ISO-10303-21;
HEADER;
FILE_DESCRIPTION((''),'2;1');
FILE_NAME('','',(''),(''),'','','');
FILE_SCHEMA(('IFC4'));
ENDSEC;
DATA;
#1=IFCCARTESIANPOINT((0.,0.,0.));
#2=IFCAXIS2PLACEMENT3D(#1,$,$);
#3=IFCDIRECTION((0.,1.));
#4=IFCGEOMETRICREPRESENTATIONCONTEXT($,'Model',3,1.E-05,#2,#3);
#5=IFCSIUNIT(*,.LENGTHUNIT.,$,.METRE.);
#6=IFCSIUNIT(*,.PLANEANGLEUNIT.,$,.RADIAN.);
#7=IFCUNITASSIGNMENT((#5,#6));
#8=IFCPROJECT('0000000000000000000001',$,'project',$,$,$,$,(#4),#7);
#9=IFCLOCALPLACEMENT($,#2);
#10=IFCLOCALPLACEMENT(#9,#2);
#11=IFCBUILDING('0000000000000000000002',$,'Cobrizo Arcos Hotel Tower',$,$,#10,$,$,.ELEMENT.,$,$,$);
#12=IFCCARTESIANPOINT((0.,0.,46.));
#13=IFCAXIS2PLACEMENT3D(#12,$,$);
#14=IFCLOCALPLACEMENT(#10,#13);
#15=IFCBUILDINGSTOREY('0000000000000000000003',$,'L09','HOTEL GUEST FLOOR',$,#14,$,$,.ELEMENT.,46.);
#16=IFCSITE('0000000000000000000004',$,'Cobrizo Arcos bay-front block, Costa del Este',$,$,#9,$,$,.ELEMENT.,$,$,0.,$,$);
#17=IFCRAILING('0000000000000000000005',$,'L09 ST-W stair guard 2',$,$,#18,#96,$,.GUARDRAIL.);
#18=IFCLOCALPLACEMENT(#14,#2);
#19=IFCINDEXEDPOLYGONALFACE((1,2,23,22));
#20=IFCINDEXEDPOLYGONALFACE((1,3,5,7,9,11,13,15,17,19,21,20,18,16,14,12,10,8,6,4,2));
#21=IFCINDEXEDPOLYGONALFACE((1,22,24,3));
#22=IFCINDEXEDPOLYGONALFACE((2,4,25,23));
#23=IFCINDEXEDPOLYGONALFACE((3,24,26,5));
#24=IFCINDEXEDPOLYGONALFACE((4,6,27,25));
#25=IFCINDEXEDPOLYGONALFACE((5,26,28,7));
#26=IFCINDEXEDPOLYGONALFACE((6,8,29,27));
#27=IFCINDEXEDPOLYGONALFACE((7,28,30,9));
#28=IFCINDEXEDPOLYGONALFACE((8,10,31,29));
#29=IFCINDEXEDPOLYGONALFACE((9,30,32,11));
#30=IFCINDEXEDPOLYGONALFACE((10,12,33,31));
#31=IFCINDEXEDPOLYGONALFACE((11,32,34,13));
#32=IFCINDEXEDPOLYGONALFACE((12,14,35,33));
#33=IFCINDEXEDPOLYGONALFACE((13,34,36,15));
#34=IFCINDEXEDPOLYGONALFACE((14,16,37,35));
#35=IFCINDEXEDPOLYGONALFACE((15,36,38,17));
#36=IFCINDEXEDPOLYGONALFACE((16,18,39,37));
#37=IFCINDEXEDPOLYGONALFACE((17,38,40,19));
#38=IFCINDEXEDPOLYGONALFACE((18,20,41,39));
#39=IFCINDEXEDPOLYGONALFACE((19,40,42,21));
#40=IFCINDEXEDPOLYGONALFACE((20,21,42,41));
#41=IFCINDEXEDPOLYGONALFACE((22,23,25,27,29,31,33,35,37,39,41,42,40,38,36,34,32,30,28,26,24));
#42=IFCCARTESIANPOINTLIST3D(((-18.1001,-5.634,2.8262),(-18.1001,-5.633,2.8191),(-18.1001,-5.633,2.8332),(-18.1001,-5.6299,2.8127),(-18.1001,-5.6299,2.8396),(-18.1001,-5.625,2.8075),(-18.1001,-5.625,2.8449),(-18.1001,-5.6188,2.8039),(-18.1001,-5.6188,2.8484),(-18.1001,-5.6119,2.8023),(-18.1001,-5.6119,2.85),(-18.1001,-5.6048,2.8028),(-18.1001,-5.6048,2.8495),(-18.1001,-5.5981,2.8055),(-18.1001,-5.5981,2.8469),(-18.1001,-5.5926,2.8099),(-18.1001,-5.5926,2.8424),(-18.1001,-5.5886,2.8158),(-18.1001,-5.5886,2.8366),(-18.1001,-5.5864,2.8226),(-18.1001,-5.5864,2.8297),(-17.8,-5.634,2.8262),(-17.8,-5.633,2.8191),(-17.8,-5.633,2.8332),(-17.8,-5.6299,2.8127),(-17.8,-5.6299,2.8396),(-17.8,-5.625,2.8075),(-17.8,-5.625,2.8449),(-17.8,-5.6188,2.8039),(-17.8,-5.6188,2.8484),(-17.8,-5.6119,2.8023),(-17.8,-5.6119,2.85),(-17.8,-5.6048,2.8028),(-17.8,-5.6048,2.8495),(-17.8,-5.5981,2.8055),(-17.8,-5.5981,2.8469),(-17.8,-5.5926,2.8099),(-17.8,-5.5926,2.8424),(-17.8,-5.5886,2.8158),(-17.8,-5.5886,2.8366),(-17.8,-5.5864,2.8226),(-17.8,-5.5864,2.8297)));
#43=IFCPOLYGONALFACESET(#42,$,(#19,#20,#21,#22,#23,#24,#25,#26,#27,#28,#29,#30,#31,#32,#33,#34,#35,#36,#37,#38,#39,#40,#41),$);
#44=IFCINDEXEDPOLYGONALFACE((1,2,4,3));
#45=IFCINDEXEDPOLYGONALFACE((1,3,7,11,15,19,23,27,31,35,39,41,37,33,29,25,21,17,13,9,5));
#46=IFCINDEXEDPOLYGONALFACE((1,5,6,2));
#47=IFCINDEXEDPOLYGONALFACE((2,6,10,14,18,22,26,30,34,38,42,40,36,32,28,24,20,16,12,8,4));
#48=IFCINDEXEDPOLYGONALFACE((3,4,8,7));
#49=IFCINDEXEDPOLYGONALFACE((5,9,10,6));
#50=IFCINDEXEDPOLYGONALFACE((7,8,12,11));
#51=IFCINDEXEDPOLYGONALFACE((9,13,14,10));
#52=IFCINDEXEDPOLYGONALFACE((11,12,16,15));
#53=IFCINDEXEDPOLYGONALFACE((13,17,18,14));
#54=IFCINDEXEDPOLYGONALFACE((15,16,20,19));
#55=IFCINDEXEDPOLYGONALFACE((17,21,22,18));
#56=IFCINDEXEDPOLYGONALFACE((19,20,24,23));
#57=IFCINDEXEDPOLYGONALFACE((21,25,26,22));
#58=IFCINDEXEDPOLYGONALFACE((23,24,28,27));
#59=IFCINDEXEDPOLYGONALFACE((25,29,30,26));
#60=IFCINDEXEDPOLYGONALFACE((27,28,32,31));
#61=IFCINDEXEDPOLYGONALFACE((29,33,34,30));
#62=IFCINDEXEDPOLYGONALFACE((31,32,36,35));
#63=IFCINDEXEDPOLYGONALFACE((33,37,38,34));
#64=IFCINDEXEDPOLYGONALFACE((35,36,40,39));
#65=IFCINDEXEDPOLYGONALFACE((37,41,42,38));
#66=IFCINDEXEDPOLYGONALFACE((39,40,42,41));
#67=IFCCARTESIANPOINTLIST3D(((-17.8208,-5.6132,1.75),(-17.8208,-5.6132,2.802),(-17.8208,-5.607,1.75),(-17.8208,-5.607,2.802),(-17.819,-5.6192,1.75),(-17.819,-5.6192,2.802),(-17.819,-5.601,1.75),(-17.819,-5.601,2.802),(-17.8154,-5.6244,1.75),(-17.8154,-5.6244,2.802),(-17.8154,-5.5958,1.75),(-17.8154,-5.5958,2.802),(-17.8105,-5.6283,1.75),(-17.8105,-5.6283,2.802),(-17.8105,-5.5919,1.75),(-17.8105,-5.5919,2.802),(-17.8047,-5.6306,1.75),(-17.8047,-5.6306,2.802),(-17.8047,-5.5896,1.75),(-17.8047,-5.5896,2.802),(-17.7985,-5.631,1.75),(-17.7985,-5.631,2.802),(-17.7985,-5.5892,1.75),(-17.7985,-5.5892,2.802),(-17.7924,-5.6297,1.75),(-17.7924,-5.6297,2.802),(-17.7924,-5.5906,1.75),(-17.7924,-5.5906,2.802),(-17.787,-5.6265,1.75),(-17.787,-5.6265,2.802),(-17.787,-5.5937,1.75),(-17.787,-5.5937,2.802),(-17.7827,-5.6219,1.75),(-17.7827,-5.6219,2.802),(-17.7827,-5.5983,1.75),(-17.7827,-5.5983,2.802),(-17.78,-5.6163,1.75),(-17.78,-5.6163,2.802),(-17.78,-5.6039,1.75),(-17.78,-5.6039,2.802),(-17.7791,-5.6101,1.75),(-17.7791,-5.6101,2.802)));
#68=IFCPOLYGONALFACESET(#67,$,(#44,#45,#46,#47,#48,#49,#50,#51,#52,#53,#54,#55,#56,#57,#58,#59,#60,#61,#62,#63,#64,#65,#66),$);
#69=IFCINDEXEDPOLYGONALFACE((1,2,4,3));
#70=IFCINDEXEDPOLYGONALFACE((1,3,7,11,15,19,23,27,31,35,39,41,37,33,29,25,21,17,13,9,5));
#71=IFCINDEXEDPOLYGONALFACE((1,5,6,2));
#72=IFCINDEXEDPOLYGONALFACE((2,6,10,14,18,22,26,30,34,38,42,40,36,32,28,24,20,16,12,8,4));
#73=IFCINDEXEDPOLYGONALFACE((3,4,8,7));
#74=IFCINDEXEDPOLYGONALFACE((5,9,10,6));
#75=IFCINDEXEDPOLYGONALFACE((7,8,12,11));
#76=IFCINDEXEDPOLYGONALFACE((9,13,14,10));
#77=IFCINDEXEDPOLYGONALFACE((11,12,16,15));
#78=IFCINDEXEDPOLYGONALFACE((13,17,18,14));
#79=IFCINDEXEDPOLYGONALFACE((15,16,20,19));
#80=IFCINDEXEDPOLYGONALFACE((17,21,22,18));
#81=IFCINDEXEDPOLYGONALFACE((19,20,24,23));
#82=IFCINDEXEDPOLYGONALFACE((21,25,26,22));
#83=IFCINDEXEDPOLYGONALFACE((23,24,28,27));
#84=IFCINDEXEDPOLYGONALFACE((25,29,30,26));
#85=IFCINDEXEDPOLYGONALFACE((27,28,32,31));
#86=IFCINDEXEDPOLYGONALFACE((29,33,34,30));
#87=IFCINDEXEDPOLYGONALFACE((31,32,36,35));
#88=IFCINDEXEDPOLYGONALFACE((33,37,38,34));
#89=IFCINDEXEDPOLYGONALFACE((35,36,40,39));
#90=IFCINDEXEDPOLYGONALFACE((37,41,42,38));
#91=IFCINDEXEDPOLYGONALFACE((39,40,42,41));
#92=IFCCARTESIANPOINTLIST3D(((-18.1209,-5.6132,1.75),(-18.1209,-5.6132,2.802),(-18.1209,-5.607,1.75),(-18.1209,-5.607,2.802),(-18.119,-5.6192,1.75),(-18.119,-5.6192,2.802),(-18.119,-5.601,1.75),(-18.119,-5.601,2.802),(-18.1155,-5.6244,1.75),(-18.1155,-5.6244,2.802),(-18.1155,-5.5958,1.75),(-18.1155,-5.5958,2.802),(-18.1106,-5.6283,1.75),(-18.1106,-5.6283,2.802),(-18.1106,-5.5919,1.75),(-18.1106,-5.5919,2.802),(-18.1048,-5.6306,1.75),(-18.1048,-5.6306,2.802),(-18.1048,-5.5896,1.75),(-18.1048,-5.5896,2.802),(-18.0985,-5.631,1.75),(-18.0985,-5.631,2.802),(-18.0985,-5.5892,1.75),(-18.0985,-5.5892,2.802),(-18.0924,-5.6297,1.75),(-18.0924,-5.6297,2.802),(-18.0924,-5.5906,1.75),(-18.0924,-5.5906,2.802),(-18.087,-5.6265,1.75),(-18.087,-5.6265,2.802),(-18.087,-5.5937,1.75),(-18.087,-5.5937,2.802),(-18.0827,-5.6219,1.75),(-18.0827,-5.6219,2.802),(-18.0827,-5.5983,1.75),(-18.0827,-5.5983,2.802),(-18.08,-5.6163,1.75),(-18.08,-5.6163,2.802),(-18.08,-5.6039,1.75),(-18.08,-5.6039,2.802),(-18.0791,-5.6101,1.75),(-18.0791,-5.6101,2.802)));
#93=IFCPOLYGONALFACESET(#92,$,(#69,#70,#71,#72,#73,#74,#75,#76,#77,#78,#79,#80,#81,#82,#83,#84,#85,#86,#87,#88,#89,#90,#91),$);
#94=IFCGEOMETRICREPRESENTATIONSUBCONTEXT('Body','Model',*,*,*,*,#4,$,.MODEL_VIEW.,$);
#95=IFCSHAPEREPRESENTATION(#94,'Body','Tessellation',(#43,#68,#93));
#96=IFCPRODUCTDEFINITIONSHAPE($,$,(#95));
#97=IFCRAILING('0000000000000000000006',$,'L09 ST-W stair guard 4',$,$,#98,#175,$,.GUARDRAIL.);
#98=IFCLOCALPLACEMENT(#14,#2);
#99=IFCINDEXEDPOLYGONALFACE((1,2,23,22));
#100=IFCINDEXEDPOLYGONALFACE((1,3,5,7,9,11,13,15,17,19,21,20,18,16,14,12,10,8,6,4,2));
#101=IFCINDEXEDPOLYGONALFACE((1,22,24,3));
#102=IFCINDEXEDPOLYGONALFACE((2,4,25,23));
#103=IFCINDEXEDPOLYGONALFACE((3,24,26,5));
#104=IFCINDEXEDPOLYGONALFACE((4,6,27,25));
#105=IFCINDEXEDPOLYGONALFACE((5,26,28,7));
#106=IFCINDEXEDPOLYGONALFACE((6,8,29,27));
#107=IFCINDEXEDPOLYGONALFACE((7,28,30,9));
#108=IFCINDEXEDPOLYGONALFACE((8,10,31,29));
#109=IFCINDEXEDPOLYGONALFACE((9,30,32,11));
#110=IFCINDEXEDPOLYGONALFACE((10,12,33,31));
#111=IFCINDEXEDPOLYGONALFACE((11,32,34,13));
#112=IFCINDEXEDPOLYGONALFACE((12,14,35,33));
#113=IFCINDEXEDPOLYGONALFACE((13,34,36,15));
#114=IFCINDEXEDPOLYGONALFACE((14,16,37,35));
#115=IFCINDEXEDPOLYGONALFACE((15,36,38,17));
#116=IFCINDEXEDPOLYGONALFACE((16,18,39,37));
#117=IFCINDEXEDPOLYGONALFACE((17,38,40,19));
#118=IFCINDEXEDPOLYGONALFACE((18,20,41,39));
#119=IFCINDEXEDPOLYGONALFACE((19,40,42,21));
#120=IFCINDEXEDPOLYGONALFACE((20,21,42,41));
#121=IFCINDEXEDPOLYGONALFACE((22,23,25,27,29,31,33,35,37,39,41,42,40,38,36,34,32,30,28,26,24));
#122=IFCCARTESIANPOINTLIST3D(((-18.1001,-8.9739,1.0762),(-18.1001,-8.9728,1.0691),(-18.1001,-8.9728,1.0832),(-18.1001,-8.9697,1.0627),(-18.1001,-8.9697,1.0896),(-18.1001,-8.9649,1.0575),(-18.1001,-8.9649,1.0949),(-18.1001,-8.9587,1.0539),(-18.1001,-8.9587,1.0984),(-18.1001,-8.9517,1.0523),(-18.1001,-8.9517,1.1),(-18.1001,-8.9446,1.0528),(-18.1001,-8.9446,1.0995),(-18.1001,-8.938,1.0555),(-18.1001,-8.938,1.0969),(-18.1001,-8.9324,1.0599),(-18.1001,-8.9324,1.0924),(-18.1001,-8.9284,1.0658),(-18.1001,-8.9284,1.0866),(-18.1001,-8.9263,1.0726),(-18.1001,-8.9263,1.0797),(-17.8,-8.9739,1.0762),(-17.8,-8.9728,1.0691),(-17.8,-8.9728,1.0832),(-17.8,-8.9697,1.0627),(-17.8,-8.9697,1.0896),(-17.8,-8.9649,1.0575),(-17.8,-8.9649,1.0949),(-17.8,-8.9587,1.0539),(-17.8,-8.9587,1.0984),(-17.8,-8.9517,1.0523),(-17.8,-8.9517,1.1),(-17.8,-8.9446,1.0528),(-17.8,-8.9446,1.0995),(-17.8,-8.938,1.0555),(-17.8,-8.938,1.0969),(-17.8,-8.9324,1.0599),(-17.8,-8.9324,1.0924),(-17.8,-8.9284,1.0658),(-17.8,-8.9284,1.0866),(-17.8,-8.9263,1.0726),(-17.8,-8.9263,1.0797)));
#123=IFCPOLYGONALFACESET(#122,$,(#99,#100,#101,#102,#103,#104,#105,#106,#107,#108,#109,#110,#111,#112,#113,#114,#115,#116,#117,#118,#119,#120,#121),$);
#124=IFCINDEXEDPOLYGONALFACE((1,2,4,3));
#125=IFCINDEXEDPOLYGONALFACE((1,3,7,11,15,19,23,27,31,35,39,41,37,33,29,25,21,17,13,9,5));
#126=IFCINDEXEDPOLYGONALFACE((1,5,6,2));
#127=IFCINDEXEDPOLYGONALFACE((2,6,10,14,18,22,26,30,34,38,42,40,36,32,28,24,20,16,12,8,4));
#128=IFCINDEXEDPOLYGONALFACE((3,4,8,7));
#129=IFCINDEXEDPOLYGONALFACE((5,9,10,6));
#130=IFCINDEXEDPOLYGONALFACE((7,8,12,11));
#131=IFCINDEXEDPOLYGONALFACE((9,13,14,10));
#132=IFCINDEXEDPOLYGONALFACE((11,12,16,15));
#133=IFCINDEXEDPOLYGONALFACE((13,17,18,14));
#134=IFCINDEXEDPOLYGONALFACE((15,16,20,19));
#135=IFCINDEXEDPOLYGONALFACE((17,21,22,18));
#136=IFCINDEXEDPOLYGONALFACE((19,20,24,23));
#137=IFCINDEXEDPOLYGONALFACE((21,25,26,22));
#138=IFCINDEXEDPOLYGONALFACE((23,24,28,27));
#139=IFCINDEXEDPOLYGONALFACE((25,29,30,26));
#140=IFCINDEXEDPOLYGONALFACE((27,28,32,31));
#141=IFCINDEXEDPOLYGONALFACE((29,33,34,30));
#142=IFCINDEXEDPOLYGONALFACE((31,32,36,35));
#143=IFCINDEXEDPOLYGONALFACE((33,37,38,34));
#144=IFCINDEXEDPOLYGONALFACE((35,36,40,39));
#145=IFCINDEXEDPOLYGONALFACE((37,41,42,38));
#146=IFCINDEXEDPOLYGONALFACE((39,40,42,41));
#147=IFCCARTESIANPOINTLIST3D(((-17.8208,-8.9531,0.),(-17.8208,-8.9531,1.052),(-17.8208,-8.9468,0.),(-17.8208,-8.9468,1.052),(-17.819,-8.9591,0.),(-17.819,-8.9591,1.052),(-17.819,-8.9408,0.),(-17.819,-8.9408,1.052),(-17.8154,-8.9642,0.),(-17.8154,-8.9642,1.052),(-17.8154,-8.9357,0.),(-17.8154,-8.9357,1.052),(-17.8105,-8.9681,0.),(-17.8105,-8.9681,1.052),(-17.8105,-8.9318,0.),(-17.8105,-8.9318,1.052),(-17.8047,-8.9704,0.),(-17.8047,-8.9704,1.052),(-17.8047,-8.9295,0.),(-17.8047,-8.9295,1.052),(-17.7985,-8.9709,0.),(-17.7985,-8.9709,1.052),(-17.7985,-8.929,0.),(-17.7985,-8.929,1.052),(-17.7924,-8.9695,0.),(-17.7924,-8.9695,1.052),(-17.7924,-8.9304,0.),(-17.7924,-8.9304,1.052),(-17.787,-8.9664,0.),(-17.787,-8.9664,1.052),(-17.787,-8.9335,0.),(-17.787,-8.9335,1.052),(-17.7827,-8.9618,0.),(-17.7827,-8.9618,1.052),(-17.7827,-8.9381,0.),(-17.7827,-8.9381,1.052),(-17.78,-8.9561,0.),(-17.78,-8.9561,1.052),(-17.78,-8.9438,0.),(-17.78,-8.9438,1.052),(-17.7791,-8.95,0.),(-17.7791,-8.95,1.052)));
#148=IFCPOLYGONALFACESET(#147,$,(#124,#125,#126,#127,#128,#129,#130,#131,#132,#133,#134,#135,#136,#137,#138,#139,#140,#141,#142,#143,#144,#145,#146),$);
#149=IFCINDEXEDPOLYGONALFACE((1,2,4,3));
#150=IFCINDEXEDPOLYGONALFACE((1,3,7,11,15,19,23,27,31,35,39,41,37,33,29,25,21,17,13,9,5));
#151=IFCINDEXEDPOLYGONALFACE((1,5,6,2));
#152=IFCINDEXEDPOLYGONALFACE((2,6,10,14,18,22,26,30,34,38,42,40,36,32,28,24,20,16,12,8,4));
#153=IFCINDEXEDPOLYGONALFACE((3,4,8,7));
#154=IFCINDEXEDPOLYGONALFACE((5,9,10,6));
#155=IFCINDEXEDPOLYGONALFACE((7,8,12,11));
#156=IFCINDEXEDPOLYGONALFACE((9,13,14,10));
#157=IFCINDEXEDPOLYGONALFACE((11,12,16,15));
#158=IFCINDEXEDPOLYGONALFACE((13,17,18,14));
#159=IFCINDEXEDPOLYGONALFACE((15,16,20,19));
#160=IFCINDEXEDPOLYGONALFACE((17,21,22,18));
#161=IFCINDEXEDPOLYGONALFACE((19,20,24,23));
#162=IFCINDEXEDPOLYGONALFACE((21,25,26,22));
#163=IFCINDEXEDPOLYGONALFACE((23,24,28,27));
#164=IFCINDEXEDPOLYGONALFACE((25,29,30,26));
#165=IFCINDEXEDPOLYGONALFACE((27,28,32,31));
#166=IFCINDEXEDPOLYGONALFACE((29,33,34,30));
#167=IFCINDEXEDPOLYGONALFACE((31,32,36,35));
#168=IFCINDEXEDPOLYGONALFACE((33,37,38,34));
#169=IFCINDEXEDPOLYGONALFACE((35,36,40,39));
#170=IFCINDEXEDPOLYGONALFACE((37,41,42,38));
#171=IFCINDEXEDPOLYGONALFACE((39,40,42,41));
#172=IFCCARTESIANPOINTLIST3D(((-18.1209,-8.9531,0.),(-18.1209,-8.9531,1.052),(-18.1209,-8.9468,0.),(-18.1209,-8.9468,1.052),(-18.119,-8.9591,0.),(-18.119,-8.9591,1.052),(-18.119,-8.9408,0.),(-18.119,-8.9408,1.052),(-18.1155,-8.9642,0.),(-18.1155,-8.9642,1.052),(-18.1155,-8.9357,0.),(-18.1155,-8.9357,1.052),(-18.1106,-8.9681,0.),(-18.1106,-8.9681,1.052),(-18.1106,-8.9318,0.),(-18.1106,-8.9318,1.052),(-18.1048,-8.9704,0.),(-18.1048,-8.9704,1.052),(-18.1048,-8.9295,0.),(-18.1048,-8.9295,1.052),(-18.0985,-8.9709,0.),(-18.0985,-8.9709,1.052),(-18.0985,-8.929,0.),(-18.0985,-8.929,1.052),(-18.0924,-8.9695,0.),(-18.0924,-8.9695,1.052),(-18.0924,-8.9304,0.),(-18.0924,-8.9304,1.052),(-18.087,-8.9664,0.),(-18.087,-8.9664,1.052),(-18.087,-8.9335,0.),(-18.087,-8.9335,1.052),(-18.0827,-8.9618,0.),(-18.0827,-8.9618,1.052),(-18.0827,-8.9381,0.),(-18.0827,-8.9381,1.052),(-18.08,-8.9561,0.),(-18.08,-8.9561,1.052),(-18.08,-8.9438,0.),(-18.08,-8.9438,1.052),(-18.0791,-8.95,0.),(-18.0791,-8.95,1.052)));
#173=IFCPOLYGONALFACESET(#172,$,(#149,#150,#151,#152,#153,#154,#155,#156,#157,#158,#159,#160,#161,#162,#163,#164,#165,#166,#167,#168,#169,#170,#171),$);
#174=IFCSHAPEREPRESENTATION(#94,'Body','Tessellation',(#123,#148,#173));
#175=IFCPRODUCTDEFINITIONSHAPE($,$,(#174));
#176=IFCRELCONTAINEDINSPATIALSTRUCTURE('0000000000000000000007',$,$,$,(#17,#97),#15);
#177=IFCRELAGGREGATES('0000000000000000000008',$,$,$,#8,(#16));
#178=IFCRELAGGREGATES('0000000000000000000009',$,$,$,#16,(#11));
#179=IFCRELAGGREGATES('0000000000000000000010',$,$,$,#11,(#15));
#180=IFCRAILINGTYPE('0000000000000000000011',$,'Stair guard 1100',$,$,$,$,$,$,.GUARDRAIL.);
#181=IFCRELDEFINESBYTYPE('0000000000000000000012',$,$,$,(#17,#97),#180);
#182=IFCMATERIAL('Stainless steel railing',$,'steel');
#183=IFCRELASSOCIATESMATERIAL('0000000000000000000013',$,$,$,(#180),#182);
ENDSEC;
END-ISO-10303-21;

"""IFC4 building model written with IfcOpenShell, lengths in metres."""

from ifc_helpers import new_model, si_unit, direction, frame, origin, origin_2d, place, context, subcontext, project, spatial, circle, extrude, material, type_object, element, save


model = new_model("IFC4")

# Units and contexts
model_context = context("Model", 3, precision=1e-05, world=origin(), true_north=direction((0.0, 1.0)))
body_context = subcontext(model_context, "Body", "Model", "MODEL_VIEW")
ifc_project = project(units=[si_unit("LENGTHUNIT", "METRE"), si_unit("PLANEANGLEUNIT", "RADIAN")], contexts=[model_context])

# Site, building, storey
site_placement = place(None, origin())
site = spatial("IfcSite", under=ifc_project, at=site_placement, Name="Cobrizo Arcos bay-front block, Costa del Este", CompositionType="ELEMENT", RefElevation=0.0)
building_placement = place(site_placement, origin())
building = spatial("IfcBuilding", under=site, at=building_placement, Name="Cobrizo Arcos Hotel Tower", CompositionType="ELEMENT")
storey_placement = place(building_placement, frame((0.0, 0.0, 46.0)))
storey = spatial("IfcBuildingStorey", under=building, at=storey_placement, Name="L09", Description="HOTEL GUEST FLOOR", CompositionType="ELEMENT", Elevation=46.0)

# Railings
ifc_material_1 = material(Name="Stainless steel railing", Category="steel")
railing_type_1 = type_object("IfcRailingType", Name="Stair guard 1100", PredefinedType="GUARDRAIL", material=ifc_material_1)
for number, where, name in (
    (1, (-17.8, -5.6101, 1.75), "L09 ST-W stair guard 2"),
    (2, (-17.8, -8.95, 0.0), "L09 ST-W stair guard 4"),
):
    element("IfcRailing", number, at=place(storey_placement, frame(where)), inside=storey, type_object=railing_type_1, Name=name, PredefinedType="GUARDRAIL", context=body_context, shape_type="SweptSolid", body=[
        extrude(circle(Radius=0.0239, at=origin_2d()), frame((0.0, 0.0, 1.0762), z_axis=(-1.0, 0.0, 0.0), x_axis=(0.0, -1.0, 0.0)), (0.0, 0.0, 1.0), 0.3),
        extrude(circle(Radius=0.021, at=origin_2d()), origin(), (0.0, 0.0, 1.0), 1.052),
        extrude(circle(Radius=0.021, at=origin_2d()), frame((-0.3, 0.0, 0.0)), (0.0, 0.0, 1.0), 1.052),
    ])

save(model, "model.ifc")
